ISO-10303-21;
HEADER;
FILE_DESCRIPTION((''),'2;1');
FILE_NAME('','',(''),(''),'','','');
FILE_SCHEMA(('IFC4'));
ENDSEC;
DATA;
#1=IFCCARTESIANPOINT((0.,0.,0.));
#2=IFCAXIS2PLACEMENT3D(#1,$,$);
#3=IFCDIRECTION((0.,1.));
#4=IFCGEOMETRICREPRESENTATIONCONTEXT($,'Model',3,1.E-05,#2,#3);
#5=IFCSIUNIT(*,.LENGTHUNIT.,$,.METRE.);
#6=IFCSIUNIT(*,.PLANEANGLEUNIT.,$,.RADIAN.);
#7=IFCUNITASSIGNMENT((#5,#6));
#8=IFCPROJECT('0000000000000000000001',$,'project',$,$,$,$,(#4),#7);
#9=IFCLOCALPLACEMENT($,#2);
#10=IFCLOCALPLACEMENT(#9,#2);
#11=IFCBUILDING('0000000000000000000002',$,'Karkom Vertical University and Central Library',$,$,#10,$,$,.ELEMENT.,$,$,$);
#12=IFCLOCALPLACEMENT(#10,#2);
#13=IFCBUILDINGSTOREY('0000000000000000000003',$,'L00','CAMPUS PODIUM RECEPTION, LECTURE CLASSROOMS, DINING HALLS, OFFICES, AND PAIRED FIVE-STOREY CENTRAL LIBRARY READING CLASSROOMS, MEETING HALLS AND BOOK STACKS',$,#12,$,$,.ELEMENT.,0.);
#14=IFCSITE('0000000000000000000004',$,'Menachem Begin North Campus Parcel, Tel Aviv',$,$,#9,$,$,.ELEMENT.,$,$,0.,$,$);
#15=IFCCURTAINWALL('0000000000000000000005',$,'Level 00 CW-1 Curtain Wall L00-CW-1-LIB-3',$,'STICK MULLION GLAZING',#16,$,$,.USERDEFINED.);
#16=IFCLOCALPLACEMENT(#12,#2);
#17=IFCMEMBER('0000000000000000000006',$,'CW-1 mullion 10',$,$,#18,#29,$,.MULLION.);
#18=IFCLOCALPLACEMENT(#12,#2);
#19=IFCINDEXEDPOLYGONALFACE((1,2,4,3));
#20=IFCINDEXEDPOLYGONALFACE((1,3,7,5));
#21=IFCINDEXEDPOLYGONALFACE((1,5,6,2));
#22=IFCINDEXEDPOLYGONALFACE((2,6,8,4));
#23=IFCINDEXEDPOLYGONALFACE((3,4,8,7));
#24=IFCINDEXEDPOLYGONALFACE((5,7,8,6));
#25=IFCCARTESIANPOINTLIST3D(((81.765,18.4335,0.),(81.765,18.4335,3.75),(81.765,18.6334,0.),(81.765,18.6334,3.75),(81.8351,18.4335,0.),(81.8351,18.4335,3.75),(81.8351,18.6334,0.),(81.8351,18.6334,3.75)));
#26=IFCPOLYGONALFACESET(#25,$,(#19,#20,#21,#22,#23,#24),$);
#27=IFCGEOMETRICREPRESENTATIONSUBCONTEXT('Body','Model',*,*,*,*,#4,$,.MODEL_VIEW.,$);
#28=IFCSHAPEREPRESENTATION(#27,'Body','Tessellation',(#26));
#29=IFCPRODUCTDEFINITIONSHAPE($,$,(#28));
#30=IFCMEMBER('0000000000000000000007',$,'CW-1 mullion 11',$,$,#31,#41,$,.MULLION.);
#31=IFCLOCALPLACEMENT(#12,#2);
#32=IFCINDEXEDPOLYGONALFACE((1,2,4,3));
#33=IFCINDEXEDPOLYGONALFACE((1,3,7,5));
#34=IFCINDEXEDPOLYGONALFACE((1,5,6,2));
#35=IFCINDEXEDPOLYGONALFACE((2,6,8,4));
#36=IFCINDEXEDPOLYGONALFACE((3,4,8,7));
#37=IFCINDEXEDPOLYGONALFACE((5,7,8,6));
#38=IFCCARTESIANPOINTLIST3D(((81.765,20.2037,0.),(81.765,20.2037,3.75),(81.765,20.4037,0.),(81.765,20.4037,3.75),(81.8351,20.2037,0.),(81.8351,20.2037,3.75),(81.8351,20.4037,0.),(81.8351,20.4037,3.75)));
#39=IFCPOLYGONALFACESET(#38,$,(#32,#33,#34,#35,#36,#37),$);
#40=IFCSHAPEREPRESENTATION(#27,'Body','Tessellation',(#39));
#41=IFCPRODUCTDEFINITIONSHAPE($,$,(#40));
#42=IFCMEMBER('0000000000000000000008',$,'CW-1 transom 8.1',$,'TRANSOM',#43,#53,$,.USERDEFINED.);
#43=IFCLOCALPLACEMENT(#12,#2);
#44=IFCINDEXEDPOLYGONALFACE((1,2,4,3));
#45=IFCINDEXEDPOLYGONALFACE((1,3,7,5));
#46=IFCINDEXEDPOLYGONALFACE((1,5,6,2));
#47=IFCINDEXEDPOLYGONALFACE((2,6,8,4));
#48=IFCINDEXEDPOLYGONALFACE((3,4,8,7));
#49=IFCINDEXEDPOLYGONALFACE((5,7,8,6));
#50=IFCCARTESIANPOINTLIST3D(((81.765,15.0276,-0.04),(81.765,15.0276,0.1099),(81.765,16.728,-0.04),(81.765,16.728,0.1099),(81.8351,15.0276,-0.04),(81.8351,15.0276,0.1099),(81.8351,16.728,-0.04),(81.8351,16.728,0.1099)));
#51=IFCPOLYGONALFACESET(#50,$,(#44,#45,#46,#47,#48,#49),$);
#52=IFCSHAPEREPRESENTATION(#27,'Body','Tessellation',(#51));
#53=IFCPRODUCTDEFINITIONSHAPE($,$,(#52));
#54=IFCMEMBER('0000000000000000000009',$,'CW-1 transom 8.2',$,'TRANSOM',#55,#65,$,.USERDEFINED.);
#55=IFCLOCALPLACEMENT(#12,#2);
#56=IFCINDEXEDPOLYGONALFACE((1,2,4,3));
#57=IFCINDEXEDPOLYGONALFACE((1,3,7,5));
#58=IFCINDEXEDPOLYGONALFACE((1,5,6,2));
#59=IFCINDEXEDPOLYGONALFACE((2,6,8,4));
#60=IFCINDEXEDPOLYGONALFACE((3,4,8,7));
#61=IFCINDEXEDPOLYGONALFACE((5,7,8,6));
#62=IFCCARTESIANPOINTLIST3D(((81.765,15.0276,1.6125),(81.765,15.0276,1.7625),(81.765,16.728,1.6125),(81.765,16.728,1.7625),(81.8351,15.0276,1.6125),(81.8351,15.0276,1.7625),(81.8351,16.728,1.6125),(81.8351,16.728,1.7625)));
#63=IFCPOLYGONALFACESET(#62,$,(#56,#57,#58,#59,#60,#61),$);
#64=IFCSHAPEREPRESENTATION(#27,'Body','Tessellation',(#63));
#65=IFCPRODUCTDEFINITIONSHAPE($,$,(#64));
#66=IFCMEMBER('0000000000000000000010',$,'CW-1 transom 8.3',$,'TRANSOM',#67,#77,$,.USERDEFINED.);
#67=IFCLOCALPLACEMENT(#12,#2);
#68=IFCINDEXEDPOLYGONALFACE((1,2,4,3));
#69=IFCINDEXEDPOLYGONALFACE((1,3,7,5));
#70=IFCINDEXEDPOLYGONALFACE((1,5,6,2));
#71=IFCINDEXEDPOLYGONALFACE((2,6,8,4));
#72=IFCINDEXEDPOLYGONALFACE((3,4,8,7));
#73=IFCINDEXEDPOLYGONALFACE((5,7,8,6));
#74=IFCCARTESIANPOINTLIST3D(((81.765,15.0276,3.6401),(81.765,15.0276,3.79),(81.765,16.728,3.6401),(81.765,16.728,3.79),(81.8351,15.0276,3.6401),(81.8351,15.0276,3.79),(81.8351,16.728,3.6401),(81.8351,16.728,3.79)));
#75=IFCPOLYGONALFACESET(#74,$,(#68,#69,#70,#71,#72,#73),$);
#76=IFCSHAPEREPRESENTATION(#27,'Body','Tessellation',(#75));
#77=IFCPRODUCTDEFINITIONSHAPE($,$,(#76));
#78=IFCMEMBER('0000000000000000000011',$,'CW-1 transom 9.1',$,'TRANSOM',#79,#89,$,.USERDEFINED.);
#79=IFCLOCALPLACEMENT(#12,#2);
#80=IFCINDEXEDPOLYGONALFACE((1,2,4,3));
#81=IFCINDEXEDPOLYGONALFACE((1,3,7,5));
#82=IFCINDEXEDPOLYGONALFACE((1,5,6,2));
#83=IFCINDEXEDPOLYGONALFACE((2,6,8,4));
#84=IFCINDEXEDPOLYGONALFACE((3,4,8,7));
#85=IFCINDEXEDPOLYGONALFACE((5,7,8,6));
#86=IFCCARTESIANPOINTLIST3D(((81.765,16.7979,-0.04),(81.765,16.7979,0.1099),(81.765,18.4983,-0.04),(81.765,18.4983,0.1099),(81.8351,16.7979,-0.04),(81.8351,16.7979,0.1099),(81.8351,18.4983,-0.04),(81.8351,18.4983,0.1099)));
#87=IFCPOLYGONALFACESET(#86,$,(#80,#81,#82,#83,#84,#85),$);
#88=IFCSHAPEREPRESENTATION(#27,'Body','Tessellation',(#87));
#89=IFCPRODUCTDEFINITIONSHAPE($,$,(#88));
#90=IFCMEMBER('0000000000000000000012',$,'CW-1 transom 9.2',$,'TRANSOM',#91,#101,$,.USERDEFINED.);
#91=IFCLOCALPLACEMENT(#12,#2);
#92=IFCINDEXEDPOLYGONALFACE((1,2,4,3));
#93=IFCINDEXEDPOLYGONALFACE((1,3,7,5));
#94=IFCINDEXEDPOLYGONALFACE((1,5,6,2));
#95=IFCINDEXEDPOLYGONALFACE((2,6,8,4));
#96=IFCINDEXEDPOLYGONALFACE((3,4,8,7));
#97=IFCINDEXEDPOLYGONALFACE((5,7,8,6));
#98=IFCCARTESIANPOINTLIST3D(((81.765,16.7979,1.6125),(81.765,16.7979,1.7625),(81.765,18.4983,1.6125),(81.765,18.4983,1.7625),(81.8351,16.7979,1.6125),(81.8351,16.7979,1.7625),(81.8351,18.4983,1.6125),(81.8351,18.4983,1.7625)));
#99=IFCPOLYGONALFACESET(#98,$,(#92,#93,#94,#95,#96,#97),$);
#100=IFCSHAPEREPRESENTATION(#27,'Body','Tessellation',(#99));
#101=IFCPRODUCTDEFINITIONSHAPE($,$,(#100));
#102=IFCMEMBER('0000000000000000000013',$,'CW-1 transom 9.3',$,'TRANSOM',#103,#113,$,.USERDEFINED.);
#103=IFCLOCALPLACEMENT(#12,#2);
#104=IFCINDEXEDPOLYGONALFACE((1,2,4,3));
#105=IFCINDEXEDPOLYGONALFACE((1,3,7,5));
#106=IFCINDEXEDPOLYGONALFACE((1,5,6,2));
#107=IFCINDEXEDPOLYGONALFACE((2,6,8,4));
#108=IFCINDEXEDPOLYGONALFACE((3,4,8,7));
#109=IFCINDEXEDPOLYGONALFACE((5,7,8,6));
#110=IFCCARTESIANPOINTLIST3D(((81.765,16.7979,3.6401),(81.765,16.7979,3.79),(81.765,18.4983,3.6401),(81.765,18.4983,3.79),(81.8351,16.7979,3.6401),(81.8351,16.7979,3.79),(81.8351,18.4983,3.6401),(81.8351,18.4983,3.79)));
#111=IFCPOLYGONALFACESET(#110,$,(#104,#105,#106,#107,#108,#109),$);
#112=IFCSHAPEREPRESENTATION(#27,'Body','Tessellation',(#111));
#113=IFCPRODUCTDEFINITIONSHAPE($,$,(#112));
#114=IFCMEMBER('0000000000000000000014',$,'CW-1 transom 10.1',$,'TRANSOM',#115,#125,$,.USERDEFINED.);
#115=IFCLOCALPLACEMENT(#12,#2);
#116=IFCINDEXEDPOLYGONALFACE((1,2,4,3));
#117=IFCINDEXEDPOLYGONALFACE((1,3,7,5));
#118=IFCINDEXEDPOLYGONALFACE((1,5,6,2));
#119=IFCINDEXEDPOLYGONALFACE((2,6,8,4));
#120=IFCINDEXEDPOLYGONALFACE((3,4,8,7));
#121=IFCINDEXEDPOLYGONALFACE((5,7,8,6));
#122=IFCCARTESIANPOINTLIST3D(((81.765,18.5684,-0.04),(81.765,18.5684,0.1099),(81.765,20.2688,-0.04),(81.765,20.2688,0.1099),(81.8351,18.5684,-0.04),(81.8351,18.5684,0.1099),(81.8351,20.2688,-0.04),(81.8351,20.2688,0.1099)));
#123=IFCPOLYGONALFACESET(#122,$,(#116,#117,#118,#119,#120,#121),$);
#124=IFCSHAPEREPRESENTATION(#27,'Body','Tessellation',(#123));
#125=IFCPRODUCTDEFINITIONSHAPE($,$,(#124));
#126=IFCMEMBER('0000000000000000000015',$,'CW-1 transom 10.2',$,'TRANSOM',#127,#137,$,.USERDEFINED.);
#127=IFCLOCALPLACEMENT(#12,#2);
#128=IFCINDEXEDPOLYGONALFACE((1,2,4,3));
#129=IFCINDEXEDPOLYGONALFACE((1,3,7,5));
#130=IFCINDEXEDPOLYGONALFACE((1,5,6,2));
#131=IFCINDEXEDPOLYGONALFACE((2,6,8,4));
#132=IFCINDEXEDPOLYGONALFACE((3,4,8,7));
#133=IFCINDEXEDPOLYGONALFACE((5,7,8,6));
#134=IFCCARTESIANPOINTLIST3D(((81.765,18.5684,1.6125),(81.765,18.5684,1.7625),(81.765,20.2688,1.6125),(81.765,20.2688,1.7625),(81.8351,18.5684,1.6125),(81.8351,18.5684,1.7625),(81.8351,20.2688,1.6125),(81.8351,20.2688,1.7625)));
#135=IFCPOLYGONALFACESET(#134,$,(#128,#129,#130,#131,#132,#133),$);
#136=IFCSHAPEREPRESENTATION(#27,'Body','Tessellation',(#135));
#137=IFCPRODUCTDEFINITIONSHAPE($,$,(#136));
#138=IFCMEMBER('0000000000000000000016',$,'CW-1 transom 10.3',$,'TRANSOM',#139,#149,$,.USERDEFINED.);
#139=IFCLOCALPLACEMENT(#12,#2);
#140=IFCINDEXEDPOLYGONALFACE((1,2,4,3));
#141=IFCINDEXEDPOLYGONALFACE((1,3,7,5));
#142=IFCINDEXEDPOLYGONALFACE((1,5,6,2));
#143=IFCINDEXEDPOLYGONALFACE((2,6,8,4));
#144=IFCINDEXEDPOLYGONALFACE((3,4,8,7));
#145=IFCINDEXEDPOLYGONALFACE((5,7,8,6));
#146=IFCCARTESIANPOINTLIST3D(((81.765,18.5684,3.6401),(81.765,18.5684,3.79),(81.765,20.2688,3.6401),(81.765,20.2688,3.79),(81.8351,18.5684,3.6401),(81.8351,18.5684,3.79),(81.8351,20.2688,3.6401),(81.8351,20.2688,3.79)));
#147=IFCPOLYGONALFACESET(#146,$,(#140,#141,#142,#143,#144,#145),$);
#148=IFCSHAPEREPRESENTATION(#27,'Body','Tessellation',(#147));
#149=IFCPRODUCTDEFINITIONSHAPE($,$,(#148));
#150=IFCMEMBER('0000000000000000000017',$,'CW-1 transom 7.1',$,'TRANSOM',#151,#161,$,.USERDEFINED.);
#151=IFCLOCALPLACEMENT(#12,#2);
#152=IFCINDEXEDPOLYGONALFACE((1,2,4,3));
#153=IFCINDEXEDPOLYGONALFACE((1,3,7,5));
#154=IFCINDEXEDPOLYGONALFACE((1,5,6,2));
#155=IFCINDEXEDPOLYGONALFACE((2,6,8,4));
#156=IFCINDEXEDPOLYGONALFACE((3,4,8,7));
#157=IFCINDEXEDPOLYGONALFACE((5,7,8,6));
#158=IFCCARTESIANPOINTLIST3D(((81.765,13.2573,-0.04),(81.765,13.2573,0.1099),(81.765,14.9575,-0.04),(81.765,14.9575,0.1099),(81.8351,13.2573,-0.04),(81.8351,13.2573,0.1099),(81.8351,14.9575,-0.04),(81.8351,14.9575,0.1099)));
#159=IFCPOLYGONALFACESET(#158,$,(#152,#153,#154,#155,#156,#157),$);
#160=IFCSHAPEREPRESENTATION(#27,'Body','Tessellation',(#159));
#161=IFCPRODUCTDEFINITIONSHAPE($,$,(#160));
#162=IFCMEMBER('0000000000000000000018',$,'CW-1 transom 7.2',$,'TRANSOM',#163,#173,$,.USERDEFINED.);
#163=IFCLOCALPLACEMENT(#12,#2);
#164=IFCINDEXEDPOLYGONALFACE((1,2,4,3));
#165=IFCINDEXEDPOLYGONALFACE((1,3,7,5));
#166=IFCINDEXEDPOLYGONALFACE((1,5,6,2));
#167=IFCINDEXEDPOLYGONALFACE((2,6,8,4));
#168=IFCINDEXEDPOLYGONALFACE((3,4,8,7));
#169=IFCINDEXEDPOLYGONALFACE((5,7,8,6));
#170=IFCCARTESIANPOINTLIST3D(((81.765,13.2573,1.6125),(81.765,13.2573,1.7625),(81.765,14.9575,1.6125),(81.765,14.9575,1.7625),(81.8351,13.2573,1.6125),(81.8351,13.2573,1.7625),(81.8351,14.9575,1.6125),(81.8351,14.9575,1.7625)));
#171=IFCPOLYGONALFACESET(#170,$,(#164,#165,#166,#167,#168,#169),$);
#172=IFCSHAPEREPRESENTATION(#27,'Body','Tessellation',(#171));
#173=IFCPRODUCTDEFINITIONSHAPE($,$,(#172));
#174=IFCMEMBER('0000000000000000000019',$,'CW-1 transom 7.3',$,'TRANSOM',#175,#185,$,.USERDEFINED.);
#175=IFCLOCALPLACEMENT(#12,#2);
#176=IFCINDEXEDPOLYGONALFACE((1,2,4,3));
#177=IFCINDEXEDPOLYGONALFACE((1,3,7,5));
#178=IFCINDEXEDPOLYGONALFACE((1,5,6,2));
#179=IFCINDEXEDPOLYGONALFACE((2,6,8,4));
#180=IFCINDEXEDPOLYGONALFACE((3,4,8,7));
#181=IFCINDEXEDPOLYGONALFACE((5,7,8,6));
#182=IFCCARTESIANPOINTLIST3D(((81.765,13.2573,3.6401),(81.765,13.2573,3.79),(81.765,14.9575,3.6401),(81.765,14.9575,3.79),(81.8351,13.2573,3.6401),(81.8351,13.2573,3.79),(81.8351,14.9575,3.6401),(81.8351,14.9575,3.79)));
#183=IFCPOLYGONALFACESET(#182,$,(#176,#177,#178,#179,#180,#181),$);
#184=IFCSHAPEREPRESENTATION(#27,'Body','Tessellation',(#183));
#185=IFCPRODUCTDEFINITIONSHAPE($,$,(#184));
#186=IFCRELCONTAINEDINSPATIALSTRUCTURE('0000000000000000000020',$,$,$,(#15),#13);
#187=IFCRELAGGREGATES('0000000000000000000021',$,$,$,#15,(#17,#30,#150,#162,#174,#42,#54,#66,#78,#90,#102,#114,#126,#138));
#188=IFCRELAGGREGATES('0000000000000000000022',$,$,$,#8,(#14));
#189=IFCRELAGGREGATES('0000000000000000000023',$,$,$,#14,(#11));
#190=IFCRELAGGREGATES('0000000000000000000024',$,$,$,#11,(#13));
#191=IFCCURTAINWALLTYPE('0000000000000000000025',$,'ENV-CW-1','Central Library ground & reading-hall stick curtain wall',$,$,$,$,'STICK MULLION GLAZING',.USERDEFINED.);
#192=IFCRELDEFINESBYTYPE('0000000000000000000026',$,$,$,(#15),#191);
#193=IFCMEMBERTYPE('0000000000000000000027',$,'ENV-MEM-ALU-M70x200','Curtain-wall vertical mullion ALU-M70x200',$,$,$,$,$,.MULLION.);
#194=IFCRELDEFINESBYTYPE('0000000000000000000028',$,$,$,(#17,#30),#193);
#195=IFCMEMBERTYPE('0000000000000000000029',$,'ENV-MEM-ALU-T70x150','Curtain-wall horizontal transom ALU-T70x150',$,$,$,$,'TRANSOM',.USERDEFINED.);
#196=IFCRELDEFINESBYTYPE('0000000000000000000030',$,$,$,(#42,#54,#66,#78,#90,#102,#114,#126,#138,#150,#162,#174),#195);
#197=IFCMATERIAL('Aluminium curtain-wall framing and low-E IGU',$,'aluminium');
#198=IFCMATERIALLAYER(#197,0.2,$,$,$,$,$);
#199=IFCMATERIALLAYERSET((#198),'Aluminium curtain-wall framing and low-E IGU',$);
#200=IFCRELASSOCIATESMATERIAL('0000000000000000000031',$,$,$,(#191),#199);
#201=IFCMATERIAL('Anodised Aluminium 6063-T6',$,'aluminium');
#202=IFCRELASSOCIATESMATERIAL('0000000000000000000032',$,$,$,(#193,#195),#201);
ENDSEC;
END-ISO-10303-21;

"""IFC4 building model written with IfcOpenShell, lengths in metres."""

from ifc_helpers import new_model, si_unit, direction, frame, origin, origin_with_axes, origin_2d, place, context, subcontext, project, spatial, rectangle, extrude, source, transform, mapped, material, layer, layer_set, material_profile, profile_set, type_object, element, aggregate, save


model = new_model("IFC4")

# Units and contexts
model_context = context("Model", 3, precision=1e-05, world=origin(), true_north=direction((0.0, 1.0)))
body_context = subcontext(model_context, "Body", "Model", "MODEL_VIEW")
ifc_project = project(units=[si_unit("LENGTHUNIT", "METRE"), si_unit("PLANEANGLEUNIT", "RADIAN")], contexts=[model_context])

# Site, building, storey
site_placement = place(None, origin())
site = spatial("IfcSite", under=ifc_project, at=site_placement, Name="Menachem Begin North Campus Parcel, Tel Aviv", CompositionType="ELEMENT", RefElevation=0.0)
building_placement = place(site_placement, origin())
building = spatial("IfcBuilding", under=site, at=building_placement, Name="Karkom Vertical University and Central Library", CompositionType="ELEMENT")
storey_placement = place(building_placement, origin())
storey = spatial("IfcBuildingStorey", under=building, at=storey_placement, Name="L00", Description="CAMPUS PODIUM RECEPTION, LECTURE CLASSROOMS, DINING HALLS, OFFICES, AND PAIRED FIVE-STOREY CENTRAL LIBRARY READING CLASSROOMS, MEETING HALLS AND BOOK STACKS", CompositionType="ELEMENT", Elevation=0.0)

# Curtain wall, members
ifc_material_1 = material(Name="Aluminium curtain-wall framing and low-E IGU", Category="aluminium")
ifc_layer_1 = layer(ifc_material_1, 0.2)
ifc_layer_set_1 = layer_set([ifc_layer_1], Name="Aluminium curtain-wall framing and low-E IGU")
curtain_wall_type = type_object("IfcCurtainWallType", Name="ENV-CW-1", Description="Central Library ground & reading-hall stick curtain wall", ElementType="STICK MULLION GLAZING", PredefinedType="USERDEFINED", material=ifc_layer_set_1)
curtain_wall_placement = place(storey_placement, origin())
curtain_wall = element("IfcCurtainWall", 1, at=curtain_wall_placement, inside=storey, type_object=curtain_wall_type, Name="Level 00 CW-1 Curtain Wall L00-CW-1-LIB-3", ObjectType="STICK MULLION GLAZING", PredefinedType="USERDEFINED")
ifc_material_2 = material(Name="Anodised Aluminium 6063-T6", Category="aluminium")
ifc_material_profile_1 = material_profile(ifc_material_2, rectangle(XDim=0.0701, YDim=0.2, at=origin_2d()), Name="ALU-M70x200")
ifc_profile_set_1 = profile_set([ifc_material_profile_1], Name="Anodised Aluminium 6063-T6")
member_type_1 = type_object("IfcMemberType", Name="ENV-MEM-ALU-M70x200", Description="Curtain-wall vertical mullion ALU-M70x200", PredefinedType="MULLION", material=ifc_profile_set_1)
shared_shape_1 = source(origin_with_axes(), body_context, "Body", "SweptSolid", [
    extrude(rectangle(XDim=0.0701, YDim=0.2, at=origin_2d()), origin(), (0.0, 0.0, 1.0), 3.75),
])
member_1_placement = place(storey_placement, frame((81.8, 18.5334, 0.0), z_axis=(0.0, 0.0, 1.0), x_axis=(-1.0, 0.0, 0.0)))
member_1 = element("IfcMember", 2, at=member_1_placement, type_object=member_type_1, Name="CW-1 mullion 10", PredefinedType="MULLION", context=body_context, shape_type="MappedRepresentation", body=[
    mapped(shared_shape_1, transform((0.0, 0.0, 0.0), scale=1.0)),
])
member_2_placement = place(storey_placement, frame((81.8, 20.3037, 0.0), z_axis=(0.0, 0.0, 1.0), x_axis=(-1.0, 0.0, 0.0)))
member_2 = element("IfcMember", 3, at=member_2_placement, type_object=member_type_1, Name="CW-1 mullion 11", PredefinedType="MULLION", context=body_context, shape_type="MappedRepresentation", body=[
    mapped(shared_shape_1, transform((0.0, 0.0, 0.0), scale=1.0)),
])
ifc_material_profile_2 = material_profile(ifc_material_2, rectangle(XDim=0.0701, YDim=0.1499, at=origin_2d()), Name="ALU-T70x150")
ifc_profile_set_2 = profile_set([ifc_material_profile_2], Name="Anodised Aluminium 6063-T6")
member_type_2 = type_object("IfcMemberType", Name="ENV-MEM-ALU-T70x150", Description="Curtain-wall horizontal transom ALU-T70x150", ElementType="TRANSOM", PredefinedType="USERDEFINED", material=ifc_profile_set_2)
shared_shape_2 = source(origin_with_axes(), body_context, "Body", "SweptSolid", [
    extrude(rectangle(XDim=0.0701, YDim=0.1499, at=origin_2d()), origin(), (0.0, 0.0, 1.0), 1.7004),
])
member_3_placement = place(storey_placement, frame((81.8, 15.0276, 0.0349), z_axis=(0.0, 1.0, 0.0), x_axis=(-1.0, 0.0, 0.0)))
member_3 = element("IfcMember", 4, at=member_3_placement, type_object=member_type_2, Name="CW-1 transom 8.1", ObjectType="TRANSOM", PredefinedType="USERDEFINED", context=body_context, shape_type="MappedRepresentation", body=[
    mapped(shared_shape_2, transform((0.0, 0.0, 0.0), scale=1.0)),
])
member_4_placement = place(storey_placement, frame((81.8, 15.0276, 1.6875), z_axis=(0.0, 1.0, 0.0), x_axis=(-1.0, 0.0, 0.0)))
member_4 = element("IfcMember", 5, at=member_4_placement, type_object=member_type_2, Name="CW-1 transom 8.2", ObjectType="TRANSOM", PredefinedType="USERDEFINED", context=body_context, shape_type="MappedRepresentation", body=[
    mapped(shared_shape_2, transform((0.0, 0.0, 0.0), scale=1.0)),
])
member_5_placement = place(storey_placement, frame((81.8, 15.0276, 3.7151), z_axis=(0.0, 1.0, 0.0), x_axis=(-1.0, 0.0, 0.0)))
member_5 = element("IfcMember", 6, at=member_5_placement, type_object=member_type_2, Name="CW-1 transom 8.3", ObjectType="TRANSOM", PredefinedType="USERDEFINED", context=body_context, shape_type="MappedRepresentation", body=[
    mapped(shared_shape_2, transform((0.0, 0.0, 0.0), scale=1.0)),
])
member_6_placement = place(storey_placement, frame((81.8, 16.7979, 0.0349), z_axis=(0.0, 1.0, 0.0), x_axis=(-1.0, 0.0, 0.0)))
member_6 = element("IfcMember", 7, at=member_6_placement, type_object=member_type_2, Name="CW-1 transom 9.1", ObjectType="TRANSOM", PredefinedType="USERDEFINED", context=body_context, shape_type="MappedRepresentation", body=[
    mapped(shared_shape_2, transform((0.0, 0.0, 0.0), scale=1.0)),
])
member_7_placement = place(storey_placement, frame((81.8, 16.7979, 1.6875), z_axis=(0.0, 1.0, 0.0), x_axis=(-1.0, 0.0, 0.0)))
member_7 = element("IfcMember", 8, at=member_7_placement, type_object=member_type_2, Name="CW-1 transom 9.2", ObjectType="TRANSOM", PredefinedType="USERDEFINED", context=body_context, shape_type="MappedRepresentation", body=[
    mapped(shared_shape_2, transform((0.0, 0.0, 0.0), scale=1.0)),
])
member_8_placement = place(storey_placement, frame((81.8, 16.7979, 3.7151), z_axis=(0.0, 1.0, 0.0), x_axis=(-1.0, 0.0, 0.0)))
member_8 = element("IfcMember", 9, at=member_8_placement, type_object=member_type_2, Name="CW-1 transom 9.3", ObjectType="TRANSOM", PredefinedType="USERDEFINED", context=body_context, shape_type="MappedRepresentation", body=[
    mapped(shared_shape_2, transform((0.0, 0.0, 0.0), scale=1.0)),
])
member_9_placement = place(storey_placement, frame((81.8, 18.5684, 0.0349), z_axis=(0.0, 1.0, 0.0), x_axis=(-1.0, 0.0, 0.0)))
member_9 = element("IfcMember", 10, at=member_9_placement, type_object=member_type_2, Name="CW-1 transom 10.1", ObjectType="TRANSOM", PredefinedType="USERDEFINED", context=body_context, shape_type="MappedRepresentation", body=[
    mapped(shared_shape_2, transform((0.0, 0.0, 0.0), scale=1.0)),
])
member_10_placement = place(storey_placement, frame((81.8, 18.5684, 1.6875), z_axis=(0.0, 1.0, 0.0), x_axis=(-1.0, 0.0, 0.0)))
member_10 = element("IfcMember", 11, at=member_10_placement, type_object=member_type_2, Name="CW-1 transom 10.2", ObjectType="TRANSOM", PredefinedType="USERDEFINED", context=body_context, shape_type="MappedRepresentation", body=[
    mapped(shared_shape_2, transform((0.0, 0.0, 0.0), scale=1.0)),
])
member_11_placement = place(storey_placement, frame((81.8, 18.5684, 3.7151), z_axis=(0.0, 1.0, 0.0), x_axis=(-1.0, 0.0, 0.0)))
member_11 = element("IfcMember", 12, at=member_11_placement, type_object=member_type_2, Name="CW-1 transom 10.3", ObjectType="TRANSOM", PredefinedType="USERDEFINED", context=body_context, shape_type="MappedRepresentation", body=[
    mapped(shared_shape_2, transform((0.0, 0.0, 0.0), scale=1.0)),
])
shared_shape_3 = source(origin_with_axes(), body_context, "Body", "SweptSolid", [
    extrude(rectangle(XDim=0.0701, YDim=0.1499, at=origin_2d()), origin(), (0.0, 0.0, 1.0), 1.7002),
])
member_12_placement = place(storey_placement, frame((81.8, 13.2573, 0.0349), z_axis=(0.0, 1.0, 0.0), x_axis=(-1.0, 0.0, 0.0)))
member_12 = element("IfcMember", 13, at=member_12_placement, type_object=member_type_2, Name="CW-1 transom 7.1", ObjectType="TRANSOM", PredefinedType="USERDEFINED", context=body_context, shape_type="MappedRepresentation", body=[
    mapped(shared_shape_3, transform((0.0, 0.0, 0.0), scale=1.0)),
])
member_13_placement = place(storey_placement, frame((81.8, 13.2573, 1.6875), z_axis=(0.0, 1.0, 0.0), x_axis=(-1.0, 0.0, 0.0)))
member_13 = element("IfcMember", 14, at=member_13_placement, type_object=member_type_2, Name="CW-1 transom 7.2", ObjectType="TRANSOM", PredefinedType="USERDEFINED", context=body_context, shape_type="MappedRepresentation", body=[
    mapped(shared_shape_3, transform((0.0, 0.0, 0.0), scale=1.0)),
])
member_14_placement = place(storey_placement, frame((81.8, 13.2573, 3.7151), z_axis=(0.0, 1.0, 0.0), x_axis=(-1.0, 0.0, 0.0)))
member_14 = element("IfcMember", 15, at=member_14_placement, type_object=member_type_2, Name="CW-1 transom 7.3", ObjectType="TRANSOM", PredefinedType="USERDEFINED", context=body_context, shape_type="MappedRepresentation", body=[
    mapped(shared_shape_3, transform((0.0, 0.0, 0.0), scale=1.0)),
])
aggregate(curtain_wall, [member_1, member_2, member_12, member_13, member_14, member_3, member_4, member_5, member_6, member_7, member_8, member_9, member_10, member_11])

save(model, "model.ifc")
